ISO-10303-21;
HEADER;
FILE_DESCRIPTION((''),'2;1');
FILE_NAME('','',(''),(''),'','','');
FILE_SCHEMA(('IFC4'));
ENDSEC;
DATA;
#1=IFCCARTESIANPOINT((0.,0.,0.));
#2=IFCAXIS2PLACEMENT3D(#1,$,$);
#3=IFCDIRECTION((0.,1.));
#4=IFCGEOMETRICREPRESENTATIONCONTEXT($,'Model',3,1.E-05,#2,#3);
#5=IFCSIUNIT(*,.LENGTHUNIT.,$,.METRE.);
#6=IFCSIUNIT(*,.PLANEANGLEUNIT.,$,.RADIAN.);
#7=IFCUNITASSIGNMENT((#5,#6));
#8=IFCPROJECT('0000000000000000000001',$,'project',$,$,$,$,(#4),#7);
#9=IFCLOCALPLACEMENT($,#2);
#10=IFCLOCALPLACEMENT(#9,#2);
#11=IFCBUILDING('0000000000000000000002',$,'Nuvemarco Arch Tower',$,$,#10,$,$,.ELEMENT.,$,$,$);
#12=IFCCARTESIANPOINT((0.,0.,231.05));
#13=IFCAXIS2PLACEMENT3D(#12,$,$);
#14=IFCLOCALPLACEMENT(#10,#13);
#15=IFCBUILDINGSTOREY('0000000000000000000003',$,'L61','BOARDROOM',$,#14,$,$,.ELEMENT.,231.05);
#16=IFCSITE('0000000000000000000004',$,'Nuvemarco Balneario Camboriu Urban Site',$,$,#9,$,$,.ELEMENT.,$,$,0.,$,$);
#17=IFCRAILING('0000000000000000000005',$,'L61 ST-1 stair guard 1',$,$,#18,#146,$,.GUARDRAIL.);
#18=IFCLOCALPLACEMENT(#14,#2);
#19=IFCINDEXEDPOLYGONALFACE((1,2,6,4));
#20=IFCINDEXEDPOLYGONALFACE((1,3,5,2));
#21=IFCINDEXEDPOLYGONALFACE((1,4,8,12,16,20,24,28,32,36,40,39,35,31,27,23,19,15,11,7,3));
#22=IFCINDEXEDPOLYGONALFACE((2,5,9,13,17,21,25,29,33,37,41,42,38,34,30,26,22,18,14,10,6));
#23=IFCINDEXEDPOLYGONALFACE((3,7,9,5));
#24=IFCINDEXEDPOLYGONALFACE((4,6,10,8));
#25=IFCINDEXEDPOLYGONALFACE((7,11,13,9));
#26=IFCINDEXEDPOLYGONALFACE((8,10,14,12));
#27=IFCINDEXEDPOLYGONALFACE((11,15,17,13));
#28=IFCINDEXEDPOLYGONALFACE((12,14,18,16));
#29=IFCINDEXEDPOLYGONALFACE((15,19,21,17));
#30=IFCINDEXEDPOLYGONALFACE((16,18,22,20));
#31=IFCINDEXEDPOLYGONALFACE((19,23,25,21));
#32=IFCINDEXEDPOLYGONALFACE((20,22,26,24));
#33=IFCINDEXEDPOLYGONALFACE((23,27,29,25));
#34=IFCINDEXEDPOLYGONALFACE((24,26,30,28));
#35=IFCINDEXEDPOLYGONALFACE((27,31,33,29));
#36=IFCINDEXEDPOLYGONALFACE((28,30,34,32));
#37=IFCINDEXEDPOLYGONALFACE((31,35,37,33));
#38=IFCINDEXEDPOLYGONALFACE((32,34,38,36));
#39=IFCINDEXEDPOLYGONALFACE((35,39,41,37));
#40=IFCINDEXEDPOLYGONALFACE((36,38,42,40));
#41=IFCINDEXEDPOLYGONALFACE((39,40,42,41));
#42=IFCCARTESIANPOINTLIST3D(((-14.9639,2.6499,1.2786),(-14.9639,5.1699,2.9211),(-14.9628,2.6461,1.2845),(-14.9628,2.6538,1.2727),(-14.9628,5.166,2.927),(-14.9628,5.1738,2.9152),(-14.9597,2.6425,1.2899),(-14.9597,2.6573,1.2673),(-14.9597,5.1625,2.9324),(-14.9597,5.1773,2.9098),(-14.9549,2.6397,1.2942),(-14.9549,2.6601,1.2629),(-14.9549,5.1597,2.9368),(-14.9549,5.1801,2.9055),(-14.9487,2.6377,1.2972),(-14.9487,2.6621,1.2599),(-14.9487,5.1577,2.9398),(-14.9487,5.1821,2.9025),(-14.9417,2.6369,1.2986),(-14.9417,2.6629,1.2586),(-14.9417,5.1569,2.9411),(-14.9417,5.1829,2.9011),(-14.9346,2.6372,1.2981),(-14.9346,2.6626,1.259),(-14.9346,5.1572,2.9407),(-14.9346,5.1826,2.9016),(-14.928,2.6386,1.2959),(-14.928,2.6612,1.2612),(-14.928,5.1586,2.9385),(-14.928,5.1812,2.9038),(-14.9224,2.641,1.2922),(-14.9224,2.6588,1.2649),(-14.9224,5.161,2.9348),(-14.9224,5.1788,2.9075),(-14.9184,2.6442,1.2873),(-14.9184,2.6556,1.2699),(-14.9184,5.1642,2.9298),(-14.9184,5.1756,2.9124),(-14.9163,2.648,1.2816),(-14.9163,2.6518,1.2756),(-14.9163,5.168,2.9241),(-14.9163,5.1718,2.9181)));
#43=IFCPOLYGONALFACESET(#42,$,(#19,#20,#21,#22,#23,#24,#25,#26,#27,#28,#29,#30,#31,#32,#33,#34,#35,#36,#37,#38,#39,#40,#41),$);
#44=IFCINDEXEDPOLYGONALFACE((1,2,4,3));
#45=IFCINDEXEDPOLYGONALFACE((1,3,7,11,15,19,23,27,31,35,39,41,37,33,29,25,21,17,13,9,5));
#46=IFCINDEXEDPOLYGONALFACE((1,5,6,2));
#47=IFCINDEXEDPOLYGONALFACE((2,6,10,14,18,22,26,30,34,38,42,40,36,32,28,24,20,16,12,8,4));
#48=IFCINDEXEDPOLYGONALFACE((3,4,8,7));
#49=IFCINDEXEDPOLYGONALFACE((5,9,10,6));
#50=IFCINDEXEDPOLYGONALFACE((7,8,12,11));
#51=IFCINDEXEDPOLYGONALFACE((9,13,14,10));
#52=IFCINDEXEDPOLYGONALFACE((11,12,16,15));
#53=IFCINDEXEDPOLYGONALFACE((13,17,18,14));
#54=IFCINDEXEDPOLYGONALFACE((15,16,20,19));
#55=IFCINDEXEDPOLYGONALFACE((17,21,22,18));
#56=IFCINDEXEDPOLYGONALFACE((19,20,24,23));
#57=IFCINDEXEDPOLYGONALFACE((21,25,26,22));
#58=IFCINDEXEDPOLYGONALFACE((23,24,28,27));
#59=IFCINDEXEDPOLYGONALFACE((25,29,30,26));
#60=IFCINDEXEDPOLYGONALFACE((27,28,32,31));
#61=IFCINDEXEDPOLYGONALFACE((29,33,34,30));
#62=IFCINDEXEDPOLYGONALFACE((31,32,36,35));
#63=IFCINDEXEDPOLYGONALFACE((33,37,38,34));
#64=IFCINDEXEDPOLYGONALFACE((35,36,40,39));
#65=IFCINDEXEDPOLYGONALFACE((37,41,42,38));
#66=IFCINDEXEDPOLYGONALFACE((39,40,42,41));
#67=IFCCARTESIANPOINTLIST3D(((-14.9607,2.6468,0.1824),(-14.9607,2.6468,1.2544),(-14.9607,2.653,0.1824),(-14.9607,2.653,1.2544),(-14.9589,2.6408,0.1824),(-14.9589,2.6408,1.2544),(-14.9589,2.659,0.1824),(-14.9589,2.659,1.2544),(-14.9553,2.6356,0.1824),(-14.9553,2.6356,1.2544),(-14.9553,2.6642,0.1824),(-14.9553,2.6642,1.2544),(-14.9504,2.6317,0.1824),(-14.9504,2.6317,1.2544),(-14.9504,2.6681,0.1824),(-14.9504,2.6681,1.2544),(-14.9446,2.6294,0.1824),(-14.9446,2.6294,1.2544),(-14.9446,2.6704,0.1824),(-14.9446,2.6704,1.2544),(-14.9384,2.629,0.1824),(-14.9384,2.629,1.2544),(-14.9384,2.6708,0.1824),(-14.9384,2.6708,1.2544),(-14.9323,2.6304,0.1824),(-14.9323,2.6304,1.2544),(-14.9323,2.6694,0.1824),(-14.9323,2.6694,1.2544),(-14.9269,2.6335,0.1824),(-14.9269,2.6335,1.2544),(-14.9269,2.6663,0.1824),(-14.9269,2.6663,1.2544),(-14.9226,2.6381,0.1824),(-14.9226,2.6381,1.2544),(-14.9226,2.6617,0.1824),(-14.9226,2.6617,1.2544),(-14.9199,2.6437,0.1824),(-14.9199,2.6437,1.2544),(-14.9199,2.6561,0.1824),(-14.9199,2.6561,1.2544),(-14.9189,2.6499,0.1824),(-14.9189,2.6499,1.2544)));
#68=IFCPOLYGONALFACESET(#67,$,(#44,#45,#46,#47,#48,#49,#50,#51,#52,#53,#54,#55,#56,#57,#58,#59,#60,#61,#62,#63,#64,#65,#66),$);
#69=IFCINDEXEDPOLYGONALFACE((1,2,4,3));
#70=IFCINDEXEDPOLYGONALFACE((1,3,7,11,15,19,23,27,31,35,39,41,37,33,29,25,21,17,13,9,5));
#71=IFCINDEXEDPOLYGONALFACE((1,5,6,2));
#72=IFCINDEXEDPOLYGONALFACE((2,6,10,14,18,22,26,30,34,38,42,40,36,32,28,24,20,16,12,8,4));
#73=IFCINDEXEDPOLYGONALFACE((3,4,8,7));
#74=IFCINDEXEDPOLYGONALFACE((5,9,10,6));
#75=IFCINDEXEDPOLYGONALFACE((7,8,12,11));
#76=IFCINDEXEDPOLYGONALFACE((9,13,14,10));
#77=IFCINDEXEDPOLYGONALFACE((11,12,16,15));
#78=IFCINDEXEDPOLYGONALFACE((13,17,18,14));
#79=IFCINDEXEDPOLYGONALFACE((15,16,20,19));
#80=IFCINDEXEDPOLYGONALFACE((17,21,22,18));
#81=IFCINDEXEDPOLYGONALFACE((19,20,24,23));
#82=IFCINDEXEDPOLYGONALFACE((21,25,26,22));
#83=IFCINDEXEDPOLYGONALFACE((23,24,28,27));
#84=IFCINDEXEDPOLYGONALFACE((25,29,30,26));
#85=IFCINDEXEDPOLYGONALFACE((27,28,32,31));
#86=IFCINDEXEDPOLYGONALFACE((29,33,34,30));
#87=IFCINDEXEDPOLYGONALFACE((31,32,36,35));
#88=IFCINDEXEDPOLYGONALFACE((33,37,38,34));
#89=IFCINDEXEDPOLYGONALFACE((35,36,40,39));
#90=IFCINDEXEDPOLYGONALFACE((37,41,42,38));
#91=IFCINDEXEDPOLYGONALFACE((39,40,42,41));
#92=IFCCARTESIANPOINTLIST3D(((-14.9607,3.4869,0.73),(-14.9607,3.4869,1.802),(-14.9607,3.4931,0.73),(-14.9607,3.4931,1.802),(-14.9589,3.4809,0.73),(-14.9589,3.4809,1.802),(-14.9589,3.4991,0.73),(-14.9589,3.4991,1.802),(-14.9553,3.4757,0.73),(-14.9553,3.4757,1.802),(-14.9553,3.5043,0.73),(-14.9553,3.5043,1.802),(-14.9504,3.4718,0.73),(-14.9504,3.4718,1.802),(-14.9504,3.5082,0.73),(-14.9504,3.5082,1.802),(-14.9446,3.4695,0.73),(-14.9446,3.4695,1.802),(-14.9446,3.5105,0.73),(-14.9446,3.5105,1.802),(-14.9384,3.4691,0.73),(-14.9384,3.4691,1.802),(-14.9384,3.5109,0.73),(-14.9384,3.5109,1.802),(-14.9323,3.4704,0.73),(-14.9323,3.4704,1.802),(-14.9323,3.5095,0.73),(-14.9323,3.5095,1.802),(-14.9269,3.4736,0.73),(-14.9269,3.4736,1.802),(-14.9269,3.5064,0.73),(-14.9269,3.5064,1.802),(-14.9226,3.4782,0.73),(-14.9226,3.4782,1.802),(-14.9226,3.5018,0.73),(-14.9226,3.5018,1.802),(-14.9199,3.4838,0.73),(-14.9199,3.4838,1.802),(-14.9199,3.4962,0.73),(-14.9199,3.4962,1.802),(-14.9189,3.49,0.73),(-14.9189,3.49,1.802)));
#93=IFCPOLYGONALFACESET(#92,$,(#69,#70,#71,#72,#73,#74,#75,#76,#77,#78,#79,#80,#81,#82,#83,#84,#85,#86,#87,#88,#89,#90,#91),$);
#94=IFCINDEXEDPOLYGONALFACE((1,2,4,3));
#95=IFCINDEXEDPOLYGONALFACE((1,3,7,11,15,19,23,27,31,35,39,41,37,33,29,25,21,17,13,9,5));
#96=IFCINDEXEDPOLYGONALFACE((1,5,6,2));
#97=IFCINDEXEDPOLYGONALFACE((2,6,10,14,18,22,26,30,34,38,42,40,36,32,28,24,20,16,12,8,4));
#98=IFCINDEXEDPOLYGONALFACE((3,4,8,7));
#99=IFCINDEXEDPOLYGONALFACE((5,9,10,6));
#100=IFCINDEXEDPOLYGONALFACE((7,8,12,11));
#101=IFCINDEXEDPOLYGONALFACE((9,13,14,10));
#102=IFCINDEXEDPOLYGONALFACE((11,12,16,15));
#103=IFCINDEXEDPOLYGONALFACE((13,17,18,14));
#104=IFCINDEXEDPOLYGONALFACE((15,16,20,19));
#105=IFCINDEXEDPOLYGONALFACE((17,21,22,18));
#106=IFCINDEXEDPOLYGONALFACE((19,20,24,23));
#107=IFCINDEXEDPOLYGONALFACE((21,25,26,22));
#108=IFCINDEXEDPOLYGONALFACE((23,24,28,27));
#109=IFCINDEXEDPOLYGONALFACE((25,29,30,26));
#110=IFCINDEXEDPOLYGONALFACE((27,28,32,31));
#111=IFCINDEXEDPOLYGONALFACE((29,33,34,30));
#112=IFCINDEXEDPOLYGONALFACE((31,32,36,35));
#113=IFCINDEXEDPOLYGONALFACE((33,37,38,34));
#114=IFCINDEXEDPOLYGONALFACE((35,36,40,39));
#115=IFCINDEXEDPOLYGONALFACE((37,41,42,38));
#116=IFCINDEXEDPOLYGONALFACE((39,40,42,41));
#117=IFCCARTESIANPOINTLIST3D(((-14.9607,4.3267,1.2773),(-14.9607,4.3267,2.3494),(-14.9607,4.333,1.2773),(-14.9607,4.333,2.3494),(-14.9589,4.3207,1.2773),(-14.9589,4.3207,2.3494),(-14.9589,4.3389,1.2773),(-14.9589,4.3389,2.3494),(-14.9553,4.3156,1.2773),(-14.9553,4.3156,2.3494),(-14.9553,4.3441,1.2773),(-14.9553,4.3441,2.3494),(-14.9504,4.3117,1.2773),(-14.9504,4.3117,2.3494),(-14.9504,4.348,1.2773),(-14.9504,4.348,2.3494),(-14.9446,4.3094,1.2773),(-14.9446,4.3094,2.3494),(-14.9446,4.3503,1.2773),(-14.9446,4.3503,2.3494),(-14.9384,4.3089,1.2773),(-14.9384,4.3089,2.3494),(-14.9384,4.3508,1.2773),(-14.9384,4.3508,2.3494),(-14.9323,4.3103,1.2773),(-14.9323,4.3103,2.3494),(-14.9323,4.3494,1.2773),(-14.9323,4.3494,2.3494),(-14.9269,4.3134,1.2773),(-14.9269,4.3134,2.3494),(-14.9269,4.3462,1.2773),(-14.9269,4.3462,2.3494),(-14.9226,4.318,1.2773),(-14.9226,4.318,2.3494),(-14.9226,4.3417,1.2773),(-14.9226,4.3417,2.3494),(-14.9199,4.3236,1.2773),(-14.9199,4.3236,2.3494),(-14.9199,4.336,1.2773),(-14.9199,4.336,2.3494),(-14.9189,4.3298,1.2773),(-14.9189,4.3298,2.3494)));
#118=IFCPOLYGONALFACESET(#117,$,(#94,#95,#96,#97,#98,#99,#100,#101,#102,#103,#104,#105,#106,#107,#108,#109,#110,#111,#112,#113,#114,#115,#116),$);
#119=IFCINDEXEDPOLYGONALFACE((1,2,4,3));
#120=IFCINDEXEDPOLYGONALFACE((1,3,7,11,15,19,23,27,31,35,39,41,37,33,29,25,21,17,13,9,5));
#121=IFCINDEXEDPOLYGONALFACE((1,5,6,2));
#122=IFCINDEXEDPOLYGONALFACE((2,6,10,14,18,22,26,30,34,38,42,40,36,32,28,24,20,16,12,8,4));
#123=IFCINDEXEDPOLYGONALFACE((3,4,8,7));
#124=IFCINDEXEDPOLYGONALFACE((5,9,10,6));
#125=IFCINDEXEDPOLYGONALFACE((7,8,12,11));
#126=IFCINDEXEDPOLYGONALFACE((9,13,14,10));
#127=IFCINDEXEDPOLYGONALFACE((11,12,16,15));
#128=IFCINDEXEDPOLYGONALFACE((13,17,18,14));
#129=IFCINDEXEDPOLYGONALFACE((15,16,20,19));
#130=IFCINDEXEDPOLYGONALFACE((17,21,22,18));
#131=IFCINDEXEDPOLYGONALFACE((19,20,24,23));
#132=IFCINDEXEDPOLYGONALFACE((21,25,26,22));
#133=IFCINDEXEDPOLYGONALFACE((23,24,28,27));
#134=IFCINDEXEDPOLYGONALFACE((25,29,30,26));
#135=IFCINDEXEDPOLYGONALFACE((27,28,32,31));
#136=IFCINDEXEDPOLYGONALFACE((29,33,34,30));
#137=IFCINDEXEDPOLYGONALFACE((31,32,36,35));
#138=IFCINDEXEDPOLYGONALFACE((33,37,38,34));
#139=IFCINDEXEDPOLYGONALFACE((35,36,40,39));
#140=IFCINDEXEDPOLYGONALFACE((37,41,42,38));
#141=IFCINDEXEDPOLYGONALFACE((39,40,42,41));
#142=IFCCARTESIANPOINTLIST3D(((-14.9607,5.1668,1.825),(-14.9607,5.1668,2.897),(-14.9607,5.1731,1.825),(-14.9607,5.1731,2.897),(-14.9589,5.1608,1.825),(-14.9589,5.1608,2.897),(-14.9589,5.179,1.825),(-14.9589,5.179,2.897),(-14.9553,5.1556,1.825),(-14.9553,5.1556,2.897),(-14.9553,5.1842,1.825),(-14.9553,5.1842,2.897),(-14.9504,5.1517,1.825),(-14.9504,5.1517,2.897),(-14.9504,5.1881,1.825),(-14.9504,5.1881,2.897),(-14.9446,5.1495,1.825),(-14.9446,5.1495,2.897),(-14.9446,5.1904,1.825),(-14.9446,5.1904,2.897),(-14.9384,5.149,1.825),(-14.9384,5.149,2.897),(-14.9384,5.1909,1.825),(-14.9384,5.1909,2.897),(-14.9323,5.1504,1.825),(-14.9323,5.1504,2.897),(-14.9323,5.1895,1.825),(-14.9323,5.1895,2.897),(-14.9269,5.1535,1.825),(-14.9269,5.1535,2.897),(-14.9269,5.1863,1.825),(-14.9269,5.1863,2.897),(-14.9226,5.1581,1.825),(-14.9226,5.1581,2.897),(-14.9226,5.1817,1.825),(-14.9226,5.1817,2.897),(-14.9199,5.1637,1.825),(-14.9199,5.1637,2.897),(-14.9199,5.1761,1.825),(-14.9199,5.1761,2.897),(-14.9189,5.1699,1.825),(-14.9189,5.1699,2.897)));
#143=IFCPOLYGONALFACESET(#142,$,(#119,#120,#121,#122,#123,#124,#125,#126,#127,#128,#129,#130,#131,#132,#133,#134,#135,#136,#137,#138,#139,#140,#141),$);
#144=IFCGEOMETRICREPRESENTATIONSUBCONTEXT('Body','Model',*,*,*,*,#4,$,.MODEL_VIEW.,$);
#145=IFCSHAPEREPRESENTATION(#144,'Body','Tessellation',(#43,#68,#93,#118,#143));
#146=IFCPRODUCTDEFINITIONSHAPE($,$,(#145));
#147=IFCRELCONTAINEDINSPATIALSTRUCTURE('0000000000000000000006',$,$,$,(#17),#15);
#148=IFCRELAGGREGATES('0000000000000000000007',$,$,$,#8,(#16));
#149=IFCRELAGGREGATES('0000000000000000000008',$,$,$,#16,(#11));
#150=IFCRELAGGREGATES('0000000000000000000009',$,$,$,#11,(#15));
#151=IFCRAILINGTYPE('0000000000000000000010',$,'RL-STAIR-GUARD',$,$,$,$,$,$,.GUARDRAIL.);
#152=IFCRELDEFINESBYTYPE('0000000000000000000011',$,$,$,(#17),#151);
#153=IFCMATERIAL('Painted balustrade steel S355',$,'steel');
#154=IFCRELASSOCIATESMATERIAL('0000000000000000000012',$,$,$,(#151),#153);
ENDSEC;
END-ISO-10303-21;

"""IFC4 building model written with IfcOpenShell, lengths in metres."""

from ifc_helpers import new_model, si_unit, direction, frame, origin, origin_2d, place, context, subcontext, project, spatial, circle, extrude, material, type_object, element, save


model = new_model("IFC4")

# Units and contexts
model_context = context("Model", 3, precision=1e-05, world=origin(), true_north=direction((0.0, 1.0)))
body_context = subcontext(model_context, "Body", "Model", "MODEL_VIEW")
ifc_project = project(units=[si_unit("LENGTHUNIT", "METRE"), si_unit("PLANEANGLEUNIT", "RADIAN")], contexts=[model_context])

# Site, building, storey
site_placement = place(None, origin())
site = spatial("IfcSite", under=ifc_project, at=site_placement, Name="Nuvemarco Balneario Camboriu Urban Site", CompositionType="ELEMENT", RefElevation=0.0)
building_placement = place(site_placement, origin())
building = spatial("IfcBuilding", under=site, at=building_placement, Name="Nuvemarco Arch Tower", CompositionType="ELEMENT")
storey_placement = place(building_placement, frame((0.0, 0.0, 231.05)))
storey = spatial("IfcBuildingStorey", under=building, at=storey_placement, Name="L61", Description="BOARDROOM", CompositionType="ELEMENT", Elevation=231.05)

# Railing
ifc_material_1 = material(Name="Painted balustrade steel S355", Category="steel")
railing_type_1 = type_object("IfcRailingType", Name="RL-STAIR-GUARD", PredefinedType="GUARDRAIL", material=ifc_material_1)
railing_1_placement = place(storey_placement, frame((-14.9399, 2.6499, 0.1824)))
element("IfcRailing", 1, at=railing_1_placement, inside=storey, type_object=railing_type_1, Name="L61 ST-1 stair guard 1", PredefinedType="GUARDRAIL", context=body_context, shape_type="SweptSolid", body=[
    extrude(circle(Radius=0.0239, at=origin_2d()), frame((0.0, 0.0, 1.0962), z_axis=(0.0, 0.837749, 0.546055), x_axis=(-1.0, 0.0, 0.0)), (0.0, 0.0, 1.0), 3.0081),
    extrude(circle(Radius=0.021, at=origin_2d()), origin(), (0.0, 0.0, 1.0), 1.072),
    extrude(circle(Radius=0.021, at=origin_2d()), frame((0.0, 0.8401, 0.5476)), (0.0, 0.0, 1.0), 1.072),
    extrude(circle(Radius=0.021, at=origin_2d()), frame((0.0, 1.6799, 1.095)), (0.0, 0.0, 1.0), 1.072),
    extrude(circle(Radius=0.021, at=origin_2d()), frame((0.0, 2.52, 1.6426)), (0.0, 0.0, 1.0), 1.072),
])

save(model, "model.ifc")
